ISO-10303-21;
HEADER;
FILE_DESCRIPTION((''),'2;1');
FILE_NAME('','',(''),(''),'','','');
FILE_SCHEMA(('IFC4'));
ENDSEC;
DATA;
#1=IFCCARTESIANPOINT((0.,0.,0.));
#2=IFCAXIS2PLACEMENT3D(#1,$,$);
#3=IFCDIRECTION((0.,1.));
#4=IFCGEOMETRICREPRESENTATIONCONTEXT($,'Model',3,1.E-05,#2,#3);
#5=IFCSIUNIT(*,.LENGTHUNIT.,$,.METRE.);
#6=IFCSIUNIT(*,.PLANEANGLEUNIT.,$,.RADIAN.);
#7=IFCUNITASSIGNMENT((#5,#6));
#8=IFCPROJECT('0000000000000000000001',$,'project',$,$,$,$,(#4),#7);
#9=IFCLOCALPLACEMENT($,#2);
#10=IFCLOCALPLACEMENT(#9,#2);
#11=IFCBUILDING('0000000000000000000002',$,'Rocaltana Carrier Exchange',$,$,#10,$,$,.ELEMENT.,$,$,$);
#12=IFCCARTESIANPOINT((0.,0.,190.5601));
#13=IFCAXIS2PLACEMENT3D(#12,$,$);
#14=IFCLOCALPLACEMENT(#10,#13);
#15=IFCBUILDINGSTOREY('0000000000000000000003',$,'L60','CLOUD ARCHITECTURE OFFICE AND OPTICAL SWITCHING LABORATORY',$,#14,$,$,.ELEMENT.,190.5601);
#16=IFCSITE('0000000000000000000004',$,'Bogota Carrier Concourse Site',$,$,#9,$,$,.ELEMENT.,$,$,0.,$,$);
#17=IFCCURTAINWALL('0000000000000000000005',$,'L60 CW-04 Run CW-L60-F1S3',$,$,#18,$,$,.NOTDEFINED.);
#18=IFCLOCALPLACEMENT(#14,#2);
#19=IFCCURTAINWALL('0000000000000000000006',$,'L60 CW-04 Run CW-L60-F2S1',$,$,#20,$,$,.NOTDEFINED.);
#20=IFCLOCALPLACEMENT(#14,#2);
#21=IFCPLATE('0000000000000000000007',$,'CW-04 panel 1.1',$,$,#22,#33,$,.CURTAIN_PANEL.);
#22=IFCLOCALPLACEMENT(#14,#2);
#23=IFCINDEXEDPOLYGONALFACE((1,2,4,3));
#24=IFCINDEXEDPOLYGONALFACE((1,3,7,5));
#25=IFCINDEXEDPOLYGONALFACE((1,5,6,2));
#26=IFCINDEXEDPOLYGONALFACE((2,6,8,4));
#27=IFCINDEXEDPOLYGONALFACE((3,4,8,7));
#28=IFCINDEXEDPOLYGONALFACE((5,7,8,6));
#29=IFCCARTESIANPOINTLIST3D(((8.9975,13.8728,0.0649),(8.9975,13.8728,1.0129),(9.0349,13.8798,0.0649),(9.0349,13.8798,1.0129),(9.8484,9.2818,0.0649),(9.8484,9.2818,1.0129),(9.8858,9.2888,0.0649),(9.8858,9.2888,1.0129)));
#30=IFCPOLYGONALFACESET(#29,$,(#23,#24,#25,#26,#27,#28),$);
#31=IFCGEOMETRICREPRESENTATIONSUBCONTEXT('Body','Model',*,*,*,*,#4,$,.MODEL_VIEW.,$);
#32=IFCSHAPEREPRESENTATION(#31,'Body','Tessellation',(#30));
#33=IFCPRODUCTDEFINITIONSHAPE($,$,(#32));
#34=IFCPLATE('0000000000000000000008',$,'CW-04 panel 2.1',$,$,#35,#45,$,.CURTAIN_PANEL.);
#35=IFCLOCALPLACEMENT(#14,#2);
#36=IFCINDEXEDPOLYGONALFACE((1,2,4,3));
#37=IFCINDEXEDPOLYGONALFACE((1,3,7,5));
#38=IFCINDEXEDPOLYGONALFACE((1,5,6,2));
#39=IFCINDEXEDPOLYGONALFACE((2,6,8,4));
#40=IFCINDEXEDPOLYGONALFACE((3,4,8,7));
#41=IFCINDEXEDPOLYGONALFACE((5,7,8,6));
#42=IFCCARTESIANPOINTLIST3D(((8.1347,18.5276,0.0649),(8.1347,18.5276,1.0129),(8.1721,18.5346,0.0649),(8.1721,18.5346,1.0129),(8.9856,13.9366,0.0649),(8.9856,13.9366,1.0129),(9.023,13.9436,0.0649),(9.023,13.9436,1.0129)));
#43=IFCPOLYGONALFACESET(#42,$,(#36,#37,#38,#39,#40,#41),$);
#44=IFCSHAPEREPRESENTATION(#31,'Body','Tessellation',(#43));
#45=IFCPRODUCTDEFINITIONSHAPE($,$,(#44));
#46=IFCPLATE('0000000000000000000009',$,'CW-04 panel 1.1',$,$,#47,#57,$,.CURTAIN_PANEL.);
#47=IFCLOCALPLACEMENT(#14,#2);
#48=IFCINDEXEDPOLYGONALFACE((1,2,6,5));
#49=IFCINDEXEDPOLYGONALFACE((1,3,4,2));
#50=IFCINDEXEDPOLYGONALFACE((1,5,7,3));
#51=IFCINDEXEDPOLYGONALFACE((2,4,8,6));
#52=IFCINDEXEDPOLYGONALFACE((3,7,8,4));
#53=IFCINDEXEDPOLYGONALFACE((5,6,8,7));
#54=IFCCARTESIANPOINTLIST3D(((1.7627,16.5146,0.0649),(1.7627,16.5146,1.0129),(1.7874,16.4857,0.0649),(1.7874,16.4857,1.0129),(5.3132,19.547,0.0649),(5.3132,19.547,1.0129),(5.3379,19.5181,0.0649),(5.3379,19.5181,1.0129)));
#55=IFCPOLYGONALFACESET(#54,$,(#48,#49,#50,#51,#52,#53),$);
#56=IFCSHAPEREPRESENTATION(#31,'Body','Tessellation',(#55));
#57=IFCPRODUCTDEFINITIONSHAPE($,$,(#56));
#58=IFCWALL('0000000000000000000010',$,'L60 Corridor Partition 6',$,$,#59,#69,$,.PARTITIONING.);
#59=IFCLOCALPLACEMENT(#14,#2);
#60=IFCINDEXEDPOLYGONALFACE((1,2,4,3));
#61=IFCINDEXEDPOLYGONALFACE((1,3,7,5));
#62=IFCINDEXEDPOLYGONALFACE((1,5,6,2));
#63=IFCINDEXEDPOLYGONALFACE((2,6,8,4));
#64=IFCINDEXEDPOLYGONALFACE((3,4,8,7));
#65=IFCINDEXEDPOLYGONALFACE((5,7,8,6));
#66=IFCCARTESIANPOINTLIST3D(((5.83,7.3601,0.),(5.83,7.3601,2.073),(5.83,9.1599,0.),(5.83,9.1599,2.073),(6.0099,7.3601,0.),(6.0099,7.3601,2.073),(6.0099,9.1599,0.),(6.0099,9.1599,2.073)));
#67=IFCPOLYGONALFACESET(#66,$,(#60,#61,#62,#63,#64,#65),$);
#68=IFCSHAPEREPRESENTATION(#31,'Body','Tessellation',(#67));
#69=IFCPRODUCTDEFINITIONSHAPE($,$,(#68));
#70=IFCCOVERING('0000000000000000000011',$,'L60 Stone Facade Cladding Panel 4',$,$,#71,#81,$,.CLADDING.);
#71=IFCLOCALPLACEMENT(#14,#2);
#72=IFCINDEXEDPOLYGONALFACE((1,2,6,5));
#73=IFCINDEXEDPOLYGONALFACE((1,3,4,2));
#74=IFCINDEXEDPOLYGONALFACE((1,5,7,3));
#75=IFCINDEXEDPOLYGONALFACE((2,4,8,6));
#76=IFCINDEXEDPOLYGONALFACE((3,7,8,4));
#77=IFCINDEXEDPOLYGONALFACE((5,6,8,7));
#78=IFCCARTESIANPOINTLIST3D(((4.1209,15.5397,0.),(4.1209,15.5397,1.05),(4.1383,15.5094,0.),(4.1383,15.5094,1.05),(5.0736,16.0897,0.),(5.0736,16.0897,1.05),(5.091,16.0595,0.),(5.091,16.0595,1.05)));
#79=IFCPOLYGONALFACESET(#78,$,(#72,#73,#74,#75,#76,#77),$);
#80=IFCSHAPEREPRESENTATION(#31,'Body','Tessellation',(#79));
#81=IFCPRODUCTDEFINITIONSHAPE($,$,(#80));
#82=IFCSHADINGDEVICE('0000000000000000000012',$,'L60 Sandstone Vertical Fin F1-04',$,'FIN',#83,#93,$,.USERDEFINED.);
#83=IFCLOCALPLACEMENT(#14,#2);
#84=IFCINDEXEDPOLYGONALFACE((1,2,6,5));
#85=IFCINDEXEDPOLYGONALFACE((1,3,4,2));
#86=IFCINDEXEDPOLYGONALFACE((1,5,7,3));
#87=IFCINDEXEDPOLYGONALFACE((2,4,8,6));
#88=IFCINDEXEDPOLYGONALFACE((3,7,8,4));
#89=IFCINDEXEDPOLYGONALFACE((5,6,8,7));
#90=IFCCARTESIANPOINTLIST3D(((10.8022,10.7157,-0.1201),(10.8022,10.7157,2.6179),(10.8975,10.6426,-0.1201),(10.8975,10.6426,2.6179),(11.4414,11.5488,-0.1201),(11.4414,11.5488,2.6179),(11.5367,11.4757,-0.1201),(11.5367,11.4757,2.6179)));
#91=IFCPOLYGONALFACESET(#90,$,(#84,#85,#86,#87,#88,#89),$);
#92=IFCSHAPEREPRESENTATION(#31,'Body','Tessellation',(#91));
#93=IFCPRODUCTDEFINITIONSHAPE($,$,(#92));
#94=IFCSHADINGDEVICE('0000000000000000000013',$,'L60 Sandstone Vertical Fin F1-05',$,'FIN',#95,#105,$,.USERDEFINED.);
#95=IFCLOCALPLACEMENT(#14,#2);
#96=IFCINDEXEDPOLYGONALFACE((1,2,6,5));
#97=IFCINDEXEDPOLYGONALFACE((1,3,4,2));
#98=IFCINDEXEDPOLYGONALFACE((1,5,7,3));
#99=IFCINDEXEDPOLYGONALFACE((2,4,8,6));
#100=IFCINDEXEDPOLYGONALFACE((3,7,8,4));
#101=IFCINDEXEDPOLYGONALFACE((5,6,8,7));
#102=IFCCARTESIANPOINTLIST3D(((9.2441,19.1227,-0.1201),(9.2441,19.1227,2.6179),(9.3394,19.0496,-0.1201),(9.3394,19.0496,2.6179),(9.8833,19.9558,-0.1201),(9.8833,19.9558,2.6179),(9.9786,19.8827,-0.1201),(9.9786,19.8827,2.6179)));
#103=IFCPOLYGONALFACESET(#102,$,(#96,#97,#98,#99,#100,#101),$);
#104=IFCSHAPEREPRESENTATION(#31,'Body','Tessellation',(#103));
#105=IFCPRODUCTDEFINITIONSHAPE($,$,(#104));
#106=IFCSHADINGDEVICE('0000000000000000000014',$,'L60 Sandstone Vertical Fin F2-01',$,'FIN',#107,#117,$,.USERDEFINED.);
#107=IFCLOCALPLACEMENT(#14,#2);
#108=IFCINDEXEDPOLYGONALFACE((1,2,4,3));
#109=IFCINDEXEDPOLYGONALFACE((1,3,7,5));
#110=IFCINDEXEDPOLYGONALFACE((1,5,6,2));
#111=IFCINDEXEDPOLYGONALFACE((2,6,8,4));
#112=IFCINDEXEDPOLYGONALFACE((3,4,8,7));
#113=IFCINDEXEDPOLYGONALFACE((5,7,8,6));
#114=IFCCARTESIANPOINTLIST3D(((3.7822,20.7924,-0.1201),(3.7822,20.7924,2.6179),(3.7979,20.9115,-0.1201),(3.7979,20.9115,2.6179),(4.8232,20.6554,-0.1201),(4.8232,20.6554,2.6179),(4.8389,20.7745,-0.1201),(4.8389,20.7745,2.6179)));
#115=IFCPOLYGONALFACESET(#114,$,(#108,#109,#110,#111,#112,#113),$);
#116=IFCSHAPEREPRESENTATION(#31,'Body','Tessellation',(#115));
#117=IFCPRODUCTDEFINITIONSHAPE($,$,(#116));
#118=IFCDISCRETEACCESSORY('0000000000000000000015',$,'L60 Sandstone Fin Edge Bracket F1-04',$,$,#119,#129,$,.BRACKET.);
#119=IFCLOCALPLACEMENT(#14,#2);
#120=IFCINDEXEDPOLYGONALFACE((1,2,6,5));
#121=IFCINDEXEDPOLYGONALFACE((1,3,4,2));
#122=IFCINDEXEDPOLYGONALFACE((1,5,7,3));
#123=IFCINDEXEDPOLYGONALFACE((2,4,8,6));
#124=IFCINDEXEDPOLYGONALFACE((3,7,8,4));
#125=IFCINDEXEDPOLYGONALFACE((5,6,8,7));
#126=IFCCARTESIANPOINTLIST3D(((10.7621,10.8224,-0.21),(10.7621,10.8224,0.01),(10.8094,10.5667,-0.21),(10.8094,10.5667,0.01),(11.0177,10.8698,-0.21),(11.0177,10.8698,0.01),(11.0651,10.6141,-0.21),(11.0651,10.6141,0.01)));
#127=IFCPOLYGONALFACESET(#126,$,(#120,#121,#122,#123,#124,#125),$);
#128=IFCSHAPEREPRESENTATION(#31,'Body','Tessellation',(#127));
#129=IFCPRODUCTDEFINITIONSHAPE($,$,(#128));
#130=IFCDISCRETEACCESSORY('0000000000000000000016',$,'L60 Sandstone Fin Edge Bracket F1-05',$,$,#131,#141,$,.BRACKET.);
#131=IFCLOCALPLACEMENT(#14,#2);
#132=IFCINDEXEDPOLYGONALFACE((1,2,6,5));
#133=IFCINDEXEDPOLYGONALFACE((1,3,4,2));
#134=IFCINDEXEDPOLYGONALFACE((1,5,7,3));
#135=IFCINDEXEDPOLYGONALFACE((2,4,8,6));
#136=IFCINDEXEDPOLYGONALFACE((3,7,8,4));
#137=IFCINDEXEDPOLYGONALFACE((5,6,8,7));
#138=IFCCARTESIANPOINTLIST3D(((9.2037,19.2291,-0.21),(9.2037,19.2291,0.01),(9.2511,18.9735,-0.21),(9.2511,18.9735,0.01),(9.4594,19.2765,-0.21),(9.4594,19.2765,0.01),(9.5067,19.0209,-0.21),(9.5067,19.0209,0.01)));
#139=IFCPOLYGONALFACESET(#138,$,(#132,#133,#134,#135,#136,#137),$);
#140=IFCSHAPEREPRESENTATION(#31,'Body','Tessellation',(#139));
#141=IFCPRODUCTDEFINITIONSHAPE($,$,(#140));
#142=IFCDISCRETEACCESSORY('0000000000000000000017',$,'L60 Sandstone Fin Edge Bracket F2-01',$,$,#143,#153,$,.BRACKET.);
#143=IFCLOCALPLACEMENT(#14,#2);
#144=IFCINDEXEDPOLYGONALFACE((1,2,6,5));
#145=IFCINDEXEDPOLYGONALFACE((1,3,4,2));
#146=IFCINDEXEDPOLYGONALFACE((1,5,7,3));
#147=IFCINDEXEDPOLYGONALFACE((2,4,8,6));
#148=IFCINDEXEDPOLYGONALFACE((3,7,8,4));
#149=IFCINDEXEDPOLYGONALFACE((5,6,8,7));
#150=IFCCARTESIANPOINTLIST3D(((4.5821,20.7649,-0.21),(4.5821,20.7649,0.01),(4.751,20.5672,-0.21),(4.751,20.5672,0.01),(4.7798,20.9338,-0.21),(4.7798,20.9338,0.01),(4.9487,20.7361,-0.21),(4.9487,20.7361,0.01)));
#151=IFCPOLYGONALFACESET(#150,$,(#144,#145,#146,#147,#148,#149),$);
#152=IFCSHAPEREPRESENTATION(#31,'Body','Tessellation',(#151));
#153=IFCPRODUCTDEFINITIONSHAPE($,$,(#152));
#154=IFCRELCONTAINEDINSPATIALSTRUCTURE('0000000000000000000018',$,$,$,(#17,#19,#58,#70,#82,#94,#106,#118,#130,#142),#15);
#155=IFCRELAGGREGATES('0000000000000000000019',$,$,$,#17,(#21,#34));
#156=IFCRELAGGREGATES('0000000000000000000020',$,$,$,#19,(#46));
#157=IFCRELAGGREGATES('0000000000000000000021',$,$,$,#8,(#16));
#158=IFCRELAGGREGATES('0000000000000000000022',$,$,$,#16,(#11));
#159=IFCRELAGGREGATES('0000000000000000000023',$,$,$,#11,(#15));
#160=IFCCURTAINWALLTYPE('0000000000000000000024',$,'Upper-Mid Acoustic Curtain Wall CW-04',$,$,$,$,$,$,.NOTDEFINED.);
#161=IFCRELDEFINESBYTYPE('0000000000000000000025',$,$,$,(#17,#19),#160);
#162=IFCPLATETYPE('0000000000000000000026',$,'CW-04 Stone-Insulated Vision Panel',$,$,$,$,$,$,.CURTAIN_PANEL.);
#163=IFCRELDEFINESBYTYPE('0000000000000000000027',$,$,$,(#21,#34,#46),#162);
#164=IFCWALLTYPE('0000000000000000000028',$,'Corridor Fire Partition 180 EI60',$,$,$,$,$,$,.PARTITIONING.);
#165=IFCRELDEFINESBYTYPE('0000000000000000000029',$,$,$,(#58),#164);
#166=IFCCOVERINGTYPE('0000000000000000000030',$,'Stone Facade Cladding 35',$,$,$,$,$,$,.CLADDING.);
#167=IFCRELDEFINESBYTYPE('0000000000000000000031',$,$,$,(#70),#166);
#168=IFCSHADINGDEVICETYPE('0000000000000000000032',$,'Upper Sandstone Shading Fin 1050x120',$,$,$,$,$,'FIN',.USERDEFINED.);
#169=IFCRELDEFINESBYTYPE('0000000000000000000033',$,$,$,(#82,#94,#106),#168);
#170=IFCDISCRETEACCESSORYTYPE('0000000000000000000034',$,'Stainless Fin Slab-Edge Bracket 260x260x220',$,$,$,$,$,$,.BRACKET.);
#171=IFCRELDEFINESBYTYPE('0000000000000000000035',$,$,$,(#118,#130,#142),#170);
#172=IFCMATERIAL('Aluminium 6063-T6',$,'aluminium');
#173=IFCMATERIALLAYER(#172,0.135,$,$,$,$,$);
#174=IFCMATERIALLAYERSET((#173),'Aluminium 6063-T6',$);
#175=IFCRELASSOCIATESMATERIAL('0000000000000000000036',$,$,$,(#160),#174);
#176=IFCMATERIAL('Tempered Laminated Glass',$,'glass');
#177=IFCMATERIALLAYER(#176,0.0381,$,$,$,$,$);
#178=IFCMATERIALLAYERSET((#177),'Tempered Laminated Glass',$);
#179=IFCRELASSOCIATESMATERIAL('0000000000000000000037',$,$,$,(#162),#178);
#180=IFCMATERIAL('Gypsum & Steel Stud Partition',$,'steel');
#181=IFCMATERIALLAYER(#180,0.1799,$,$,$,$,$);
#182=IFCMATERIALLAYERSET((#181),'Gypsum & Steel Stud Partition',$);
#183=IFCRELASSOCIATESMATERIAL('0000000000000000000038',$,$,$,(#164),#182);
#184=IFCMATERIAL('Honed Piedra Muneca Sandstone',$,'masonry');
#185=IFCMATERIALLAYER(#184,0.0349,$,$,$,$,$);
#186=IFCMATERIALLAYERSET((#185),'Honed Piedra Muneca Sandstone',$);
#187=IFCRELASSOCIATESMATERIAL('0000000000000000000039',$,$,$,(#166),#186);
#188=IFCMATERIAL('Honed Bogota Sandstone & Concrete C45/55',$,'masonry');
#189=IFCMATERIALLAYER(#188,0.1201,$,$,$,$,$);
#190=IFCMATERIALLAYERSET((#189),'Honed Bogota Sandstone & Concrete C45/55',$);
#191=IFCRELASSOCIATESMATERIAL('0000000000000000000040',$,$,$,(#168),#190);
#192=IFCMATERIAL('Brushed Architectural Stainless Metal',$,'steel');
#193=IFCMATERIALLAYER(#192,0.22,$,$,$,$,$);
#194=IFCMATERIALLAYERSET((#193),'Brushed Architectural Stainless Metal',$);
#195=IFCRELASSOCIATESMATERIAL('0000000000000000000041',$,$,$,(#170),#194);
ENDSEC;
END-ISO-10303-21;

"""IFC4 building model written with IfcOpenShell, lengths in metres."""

from ifc_helpers import new_model, si_unit, direction, frame, frame_2d, origin, origin_2d, place, context, subcontext, project, spatial, rectangle, extrude, material, layer, layer_set, type_object, element, aggregate, save


model = new_model("IFC4")

# Units and contexts
model_context = context("Model", 3, precision=1e-05, world=origin(), true_north=direction((0.0, 1.0)))
body_context = subcontext(model_context, "Body", "Model", "MODEL_VIEW")
ifc_project = project(units=[si_unit("LENGTHUNIT", "METRE"), si_unit("PLANEANGLEUNIT", "RADIAN")], contexts=[model_context])

# Site, building, storey
site_placement = place(None, origin())
site = spatial("IfcSite", under=ifc_project, at=site_placement, Name="Bogota Carrier Concourse Site", CompositionType="ELEMENT", RefElevation=0.0)
building_placement = place(site_placement, origin())
building = spatial("IfcBuilding", under=site, at=building_placement, Name="Rocaltana Carrier Exchange", CompositionType="ELEMENT")
storey_placement = place(building_placement, frame((0.0, 0.0, 190.5601)))
storey = spatial("IfcBuildingStorey", under=building, at=storey_placement, Name="L60", Description="CLOUD ARCHITECTURE OFFICE AND OPTICAL SWITCHING LABORATORY", CompositionType="ELEMENT", Elevation=190.5601)

# Curtain walls
ifc_material_1 = material(Name="Aluminium 6063-T6", Category="aluminium")
ifc_layer_1 = layer(ifc_material_1, 0.135)
ifc_layer_set_1 = layer_set([ifc_layer_1], Name="Aluminium 6063-T6")
curtain_wall_type = type_object("IfcCurtainWallType", Name="Upper-Mid Acoustic Curtain Wall CW-04", PredefinedType="NOTDEFINED", material=ifc_layer_set_1)
curtain_wall_1_placement = place(storey_placement, origin())
curtain_wall_1 = element("IfcCurtainWall", 1, at=curtain_wall_1_placement, inside=storey, type_object=curtain_wall_type, Name="L60 CW-04 Run CW-L60-F1S3", PredefinedType="NOTDEFINED")
curtain_wall_2_placement = place(storey_placement, origin())
curtain_wall_2 = element("IfcCurtainWall", 2, at=curtain_wall_2_placement, inside=storey, type_object=curtain_wall_type, Name="L60 CW-04 Run CW-L60-F2S1", PredefinedType="NOTDEFINED")

# Plates
ifc_material_2 = material(Name="Tempered Laminated Glass", Category="glass")
ifc_layer_2 = layer(ifc_material_2, 0.0381)
ifc_layer_set_2 = layer_set([ifc_layer_2], Name="Tempered Laminated Glass")
plate_type = type_object("IfcPlateType", Name="CW-04 Stone-Insulated Vision Panel", PredefinedType="CURTAIN_PANEL", material=ifc_layer_set_2)
plate_1_placement = place(storey_placement, frame((9.4417, 11.5808, 0.0649), z_axis=(0.0, 0.0, 1.0), x_axis=(-0.182236, 0.983255, 0.0)))
plate_1 = element("IfcPlate", 3, at=plate_1_placement, type_object=plate_type, Name="CW-04 panel 1.1", PredefinedType="CURTAIN_PANEL", context=body_context, shape_type="SweptSolid", body=[
    extrude(rectangle(XDim=4.6692, YDim=0.0381, at=origin_2d()), origin(), (0.0, 0.0, 1.0), 0.948),
])
plate_2_placement = place(storey_placement, frame((8.5789, 16.2356, 0.0649), z_axis=(0.0, 0.0, 1.0), x_axis=(-0.182236, 0.983255, 0.0)))
plate_2 = element("IfcPlate", 4, at=plate_2_placement, type_object=plate_type, Name="CW-04 panel 2.1", PredefinedType="CURTAIN_PANEL", context=body_context, shape_type="SweptSolid", body=[
    extrude(rectangle(XDim=4.6692, YDim=0.0381, at=origin_2d()), origin(), (0.0, 0.0, 1.0), 0.948),
])
aggregate(curtain_wall_1, [plate_1, plate_2])
plate_3_placement = place(storey_placement, frame((3.5503, 18.0164, 0.0649), z_axis=(0.0, 0.0, 1.0), x_axis=(-0.760406, -0.649448, 0.0)))
plate_3 = element("IfcPlate", 5, at=plate_3_placement, type_object=plate_type, Name="CW-04 panel 1.1", PredefinedType="CURTAIN_PANEL", context=body_context, shape_type="SweptSolid", body=[
    extrude(rectangle(XDim=4.6692, YDim=0.0381, at=origin_2d()), origin(), (0.0, 0.0, 1.0), 0.948),
])
aggregate(curtain_wall_2, [plate_3])

# Wall
ifc_material_3 = material(Name="Gypsum & Steel Stud Partition", Category="steel")
ifc_layer_3 = layer(ifc_material_3, 0.1799)
ifc_layer_set_3 = layer_set([ifc_layer_3], Name="Gypsum & Steel Stud Partition")
wall_type = type_object("IfcWallType", Name="Corridor Fire Partition 180 EI60", PredefinedType="PARTITIONING", material=ifc_layer_set_3)
wall_placement = place(storey_placement, frame((5.9199, 9.1599, 0.0), z_axis=(0.0, 0.0, 1.0), x_axis=(0.0, -1.0, 0.0)))
element("IfcWall", 6, at=wall_placement, inside=storey, type_object=wall_type, Name="L60 Corridor Partition 6", PredefinedType="PARTITIONING", context=body_context, shape_type="SweptSolid", body=[
    extrude(rectangle(XDim=1.7998, YDim=0.1799, at=frame_2d((0.8999, 0.0))), origin(), (0.0, 0.0, 1.0), 2.073),
])

# Covering
ifc_material_4 = material(Name="Honed Piedra Muneca Sandstone", Category="masonry")
ifc_layer_4 = layer(ifc_material_4, 0.0349)
ifc_layer_set_4 = layer_set([ifc_layer_4], Name="Honed Piedra Muneca Sandstone")
covering_type = type_object("IfcCoveringType", Name="Stone Facade Cladding 35", PredefinedType="CLADDING", material=ifc_layer_set_4)
covering_placement = place(storey_placement, frame((4.606, 15.7996, 0.0), z_axis=(0.0, 0.0, 1.0), x_axis=(0.866025, 0.5, 0.0)))
element("IfcCovering", 7, at=covering_placement, inside=storey, type_object=covering_type, Name="L60 Stone Facade Cladding Panel 4", PredefinedType="CLADDING", context=body_context, shape_type="SweptSolid", body=[
    extrude(rectangle(XDim=1.1001, YDim=0.0349, at=origin_2d()), origin(), (0.0, 0.0, 1.0), 1.05),
])

# Shading devices
ifc_material_5 = material(Name="Honed Bogota Sandstone & Concrete C45/55", Category="masonry")
ifc_layer_5 = layer(ifc_material_5, 0.1201)
ifc_layer_set_5 = layer_set([ifc_layer_5], Name="Honed Bogota Sandstone & Concrete C45/55")
shading_device_type = type_object("IfcShadingDeviceType", Name="Upper Sandstone Shading Fin 1050x120", ElementType="FIN", PredefinedType="USERDEFINED", material=ifc_layer_set_5)
for number, where, z_axis, x_axis, name in (
    (8, (11.1694, 11.0957, -0.1201), (0.0, 0.0, 1.0), (0.608761, 0.793353, 0.0), "L60 Sandstone Vertical Fin F1-04"),
    (9, (9.6113, 19.5027, -0.1201), (0.0, 0.0, 1.0), (0.608761, 0.793353, 0.0), "L60 Sandstone Vertical Fin F1-05"),
    (10, (4.3105, 20.7834, -0.1201), (0.0, 0.0, 1.0), (-0.991445, 0.130526, 0.0), "L60 Sandstone Vertical Fin F2-01"),
):
    element("IfcShadingDevice", number, at=place(storey_placement, frame(where, z_axis=z_axis, x_axis=x_axis)), inside=storey, type_object=shading_device_type, Name=name, ObjectType="FIN", PredefinedType="USERDEFINED", context=body_context, shape_type="SweptSolid", body=[
        extrude(rectangle(XDim=1.05, YDim=0.1201, at=origin_2d()), origin(), (0.0, 0.0, 1.0), 2.738),
    ])

# Discrete accessories
ifc_material_6 = material(Name="Brushed Architectural Stainless Metal", Category="steel")
ifc_layer_6 = layer(ifc_material_6, 0.22)
ifc_layer_set_6 = layer_set([ifc_layer_6], Name="Brushed Architectural Stainless Metal")
discrete_accessory_type = type_object("IfcDiscreteAccessoryType", Name="Stainless Fin Slab-Edge Bracket 260x260x220", PredefinedType="BRACKET", material=ifc_layer_set_6)
for number, where, z_axis, x_axis, name in (
    (11, (10.9136, 10.7183, -0.21), (0.0, 0.0, 1.0), (-0.182236, 0.983255, 0.0), "L60 Sandstone Fin Edge Bracket F1-04"),
    (12, (9.3552, 19.125, -0.21), (0.0, 0.0, 1.0), (-0.182236, 0.983255, 0.0), "L60 Sandstone Fin Edge Bracket F1-05"),
    (13, (4.7654, 20.7505, -0.21), (0.0, 0.0, 1.0), (-0.760406, -0.649448, 0.0), "L60 Sandstone Fin Edge Bracket F2-01"),
):
    element("IfcDiscreteAccessory", number, at=place(storey_placement, frame(where, z_axis=z_axis, x_axis=x_axis)), inside=storey, type_object=discrete_accessory_type, Name=name, PredefinedType="BRACKET", context=body_context, shape_type="SweptSolid", body=[
        extrude(rectangle(XDim=0.26, YDim=0.26, at=origin_2d()), origin(), (0.0, 0.0, 1.0), 0.22),
    ])

save(model, "model.ifc")
